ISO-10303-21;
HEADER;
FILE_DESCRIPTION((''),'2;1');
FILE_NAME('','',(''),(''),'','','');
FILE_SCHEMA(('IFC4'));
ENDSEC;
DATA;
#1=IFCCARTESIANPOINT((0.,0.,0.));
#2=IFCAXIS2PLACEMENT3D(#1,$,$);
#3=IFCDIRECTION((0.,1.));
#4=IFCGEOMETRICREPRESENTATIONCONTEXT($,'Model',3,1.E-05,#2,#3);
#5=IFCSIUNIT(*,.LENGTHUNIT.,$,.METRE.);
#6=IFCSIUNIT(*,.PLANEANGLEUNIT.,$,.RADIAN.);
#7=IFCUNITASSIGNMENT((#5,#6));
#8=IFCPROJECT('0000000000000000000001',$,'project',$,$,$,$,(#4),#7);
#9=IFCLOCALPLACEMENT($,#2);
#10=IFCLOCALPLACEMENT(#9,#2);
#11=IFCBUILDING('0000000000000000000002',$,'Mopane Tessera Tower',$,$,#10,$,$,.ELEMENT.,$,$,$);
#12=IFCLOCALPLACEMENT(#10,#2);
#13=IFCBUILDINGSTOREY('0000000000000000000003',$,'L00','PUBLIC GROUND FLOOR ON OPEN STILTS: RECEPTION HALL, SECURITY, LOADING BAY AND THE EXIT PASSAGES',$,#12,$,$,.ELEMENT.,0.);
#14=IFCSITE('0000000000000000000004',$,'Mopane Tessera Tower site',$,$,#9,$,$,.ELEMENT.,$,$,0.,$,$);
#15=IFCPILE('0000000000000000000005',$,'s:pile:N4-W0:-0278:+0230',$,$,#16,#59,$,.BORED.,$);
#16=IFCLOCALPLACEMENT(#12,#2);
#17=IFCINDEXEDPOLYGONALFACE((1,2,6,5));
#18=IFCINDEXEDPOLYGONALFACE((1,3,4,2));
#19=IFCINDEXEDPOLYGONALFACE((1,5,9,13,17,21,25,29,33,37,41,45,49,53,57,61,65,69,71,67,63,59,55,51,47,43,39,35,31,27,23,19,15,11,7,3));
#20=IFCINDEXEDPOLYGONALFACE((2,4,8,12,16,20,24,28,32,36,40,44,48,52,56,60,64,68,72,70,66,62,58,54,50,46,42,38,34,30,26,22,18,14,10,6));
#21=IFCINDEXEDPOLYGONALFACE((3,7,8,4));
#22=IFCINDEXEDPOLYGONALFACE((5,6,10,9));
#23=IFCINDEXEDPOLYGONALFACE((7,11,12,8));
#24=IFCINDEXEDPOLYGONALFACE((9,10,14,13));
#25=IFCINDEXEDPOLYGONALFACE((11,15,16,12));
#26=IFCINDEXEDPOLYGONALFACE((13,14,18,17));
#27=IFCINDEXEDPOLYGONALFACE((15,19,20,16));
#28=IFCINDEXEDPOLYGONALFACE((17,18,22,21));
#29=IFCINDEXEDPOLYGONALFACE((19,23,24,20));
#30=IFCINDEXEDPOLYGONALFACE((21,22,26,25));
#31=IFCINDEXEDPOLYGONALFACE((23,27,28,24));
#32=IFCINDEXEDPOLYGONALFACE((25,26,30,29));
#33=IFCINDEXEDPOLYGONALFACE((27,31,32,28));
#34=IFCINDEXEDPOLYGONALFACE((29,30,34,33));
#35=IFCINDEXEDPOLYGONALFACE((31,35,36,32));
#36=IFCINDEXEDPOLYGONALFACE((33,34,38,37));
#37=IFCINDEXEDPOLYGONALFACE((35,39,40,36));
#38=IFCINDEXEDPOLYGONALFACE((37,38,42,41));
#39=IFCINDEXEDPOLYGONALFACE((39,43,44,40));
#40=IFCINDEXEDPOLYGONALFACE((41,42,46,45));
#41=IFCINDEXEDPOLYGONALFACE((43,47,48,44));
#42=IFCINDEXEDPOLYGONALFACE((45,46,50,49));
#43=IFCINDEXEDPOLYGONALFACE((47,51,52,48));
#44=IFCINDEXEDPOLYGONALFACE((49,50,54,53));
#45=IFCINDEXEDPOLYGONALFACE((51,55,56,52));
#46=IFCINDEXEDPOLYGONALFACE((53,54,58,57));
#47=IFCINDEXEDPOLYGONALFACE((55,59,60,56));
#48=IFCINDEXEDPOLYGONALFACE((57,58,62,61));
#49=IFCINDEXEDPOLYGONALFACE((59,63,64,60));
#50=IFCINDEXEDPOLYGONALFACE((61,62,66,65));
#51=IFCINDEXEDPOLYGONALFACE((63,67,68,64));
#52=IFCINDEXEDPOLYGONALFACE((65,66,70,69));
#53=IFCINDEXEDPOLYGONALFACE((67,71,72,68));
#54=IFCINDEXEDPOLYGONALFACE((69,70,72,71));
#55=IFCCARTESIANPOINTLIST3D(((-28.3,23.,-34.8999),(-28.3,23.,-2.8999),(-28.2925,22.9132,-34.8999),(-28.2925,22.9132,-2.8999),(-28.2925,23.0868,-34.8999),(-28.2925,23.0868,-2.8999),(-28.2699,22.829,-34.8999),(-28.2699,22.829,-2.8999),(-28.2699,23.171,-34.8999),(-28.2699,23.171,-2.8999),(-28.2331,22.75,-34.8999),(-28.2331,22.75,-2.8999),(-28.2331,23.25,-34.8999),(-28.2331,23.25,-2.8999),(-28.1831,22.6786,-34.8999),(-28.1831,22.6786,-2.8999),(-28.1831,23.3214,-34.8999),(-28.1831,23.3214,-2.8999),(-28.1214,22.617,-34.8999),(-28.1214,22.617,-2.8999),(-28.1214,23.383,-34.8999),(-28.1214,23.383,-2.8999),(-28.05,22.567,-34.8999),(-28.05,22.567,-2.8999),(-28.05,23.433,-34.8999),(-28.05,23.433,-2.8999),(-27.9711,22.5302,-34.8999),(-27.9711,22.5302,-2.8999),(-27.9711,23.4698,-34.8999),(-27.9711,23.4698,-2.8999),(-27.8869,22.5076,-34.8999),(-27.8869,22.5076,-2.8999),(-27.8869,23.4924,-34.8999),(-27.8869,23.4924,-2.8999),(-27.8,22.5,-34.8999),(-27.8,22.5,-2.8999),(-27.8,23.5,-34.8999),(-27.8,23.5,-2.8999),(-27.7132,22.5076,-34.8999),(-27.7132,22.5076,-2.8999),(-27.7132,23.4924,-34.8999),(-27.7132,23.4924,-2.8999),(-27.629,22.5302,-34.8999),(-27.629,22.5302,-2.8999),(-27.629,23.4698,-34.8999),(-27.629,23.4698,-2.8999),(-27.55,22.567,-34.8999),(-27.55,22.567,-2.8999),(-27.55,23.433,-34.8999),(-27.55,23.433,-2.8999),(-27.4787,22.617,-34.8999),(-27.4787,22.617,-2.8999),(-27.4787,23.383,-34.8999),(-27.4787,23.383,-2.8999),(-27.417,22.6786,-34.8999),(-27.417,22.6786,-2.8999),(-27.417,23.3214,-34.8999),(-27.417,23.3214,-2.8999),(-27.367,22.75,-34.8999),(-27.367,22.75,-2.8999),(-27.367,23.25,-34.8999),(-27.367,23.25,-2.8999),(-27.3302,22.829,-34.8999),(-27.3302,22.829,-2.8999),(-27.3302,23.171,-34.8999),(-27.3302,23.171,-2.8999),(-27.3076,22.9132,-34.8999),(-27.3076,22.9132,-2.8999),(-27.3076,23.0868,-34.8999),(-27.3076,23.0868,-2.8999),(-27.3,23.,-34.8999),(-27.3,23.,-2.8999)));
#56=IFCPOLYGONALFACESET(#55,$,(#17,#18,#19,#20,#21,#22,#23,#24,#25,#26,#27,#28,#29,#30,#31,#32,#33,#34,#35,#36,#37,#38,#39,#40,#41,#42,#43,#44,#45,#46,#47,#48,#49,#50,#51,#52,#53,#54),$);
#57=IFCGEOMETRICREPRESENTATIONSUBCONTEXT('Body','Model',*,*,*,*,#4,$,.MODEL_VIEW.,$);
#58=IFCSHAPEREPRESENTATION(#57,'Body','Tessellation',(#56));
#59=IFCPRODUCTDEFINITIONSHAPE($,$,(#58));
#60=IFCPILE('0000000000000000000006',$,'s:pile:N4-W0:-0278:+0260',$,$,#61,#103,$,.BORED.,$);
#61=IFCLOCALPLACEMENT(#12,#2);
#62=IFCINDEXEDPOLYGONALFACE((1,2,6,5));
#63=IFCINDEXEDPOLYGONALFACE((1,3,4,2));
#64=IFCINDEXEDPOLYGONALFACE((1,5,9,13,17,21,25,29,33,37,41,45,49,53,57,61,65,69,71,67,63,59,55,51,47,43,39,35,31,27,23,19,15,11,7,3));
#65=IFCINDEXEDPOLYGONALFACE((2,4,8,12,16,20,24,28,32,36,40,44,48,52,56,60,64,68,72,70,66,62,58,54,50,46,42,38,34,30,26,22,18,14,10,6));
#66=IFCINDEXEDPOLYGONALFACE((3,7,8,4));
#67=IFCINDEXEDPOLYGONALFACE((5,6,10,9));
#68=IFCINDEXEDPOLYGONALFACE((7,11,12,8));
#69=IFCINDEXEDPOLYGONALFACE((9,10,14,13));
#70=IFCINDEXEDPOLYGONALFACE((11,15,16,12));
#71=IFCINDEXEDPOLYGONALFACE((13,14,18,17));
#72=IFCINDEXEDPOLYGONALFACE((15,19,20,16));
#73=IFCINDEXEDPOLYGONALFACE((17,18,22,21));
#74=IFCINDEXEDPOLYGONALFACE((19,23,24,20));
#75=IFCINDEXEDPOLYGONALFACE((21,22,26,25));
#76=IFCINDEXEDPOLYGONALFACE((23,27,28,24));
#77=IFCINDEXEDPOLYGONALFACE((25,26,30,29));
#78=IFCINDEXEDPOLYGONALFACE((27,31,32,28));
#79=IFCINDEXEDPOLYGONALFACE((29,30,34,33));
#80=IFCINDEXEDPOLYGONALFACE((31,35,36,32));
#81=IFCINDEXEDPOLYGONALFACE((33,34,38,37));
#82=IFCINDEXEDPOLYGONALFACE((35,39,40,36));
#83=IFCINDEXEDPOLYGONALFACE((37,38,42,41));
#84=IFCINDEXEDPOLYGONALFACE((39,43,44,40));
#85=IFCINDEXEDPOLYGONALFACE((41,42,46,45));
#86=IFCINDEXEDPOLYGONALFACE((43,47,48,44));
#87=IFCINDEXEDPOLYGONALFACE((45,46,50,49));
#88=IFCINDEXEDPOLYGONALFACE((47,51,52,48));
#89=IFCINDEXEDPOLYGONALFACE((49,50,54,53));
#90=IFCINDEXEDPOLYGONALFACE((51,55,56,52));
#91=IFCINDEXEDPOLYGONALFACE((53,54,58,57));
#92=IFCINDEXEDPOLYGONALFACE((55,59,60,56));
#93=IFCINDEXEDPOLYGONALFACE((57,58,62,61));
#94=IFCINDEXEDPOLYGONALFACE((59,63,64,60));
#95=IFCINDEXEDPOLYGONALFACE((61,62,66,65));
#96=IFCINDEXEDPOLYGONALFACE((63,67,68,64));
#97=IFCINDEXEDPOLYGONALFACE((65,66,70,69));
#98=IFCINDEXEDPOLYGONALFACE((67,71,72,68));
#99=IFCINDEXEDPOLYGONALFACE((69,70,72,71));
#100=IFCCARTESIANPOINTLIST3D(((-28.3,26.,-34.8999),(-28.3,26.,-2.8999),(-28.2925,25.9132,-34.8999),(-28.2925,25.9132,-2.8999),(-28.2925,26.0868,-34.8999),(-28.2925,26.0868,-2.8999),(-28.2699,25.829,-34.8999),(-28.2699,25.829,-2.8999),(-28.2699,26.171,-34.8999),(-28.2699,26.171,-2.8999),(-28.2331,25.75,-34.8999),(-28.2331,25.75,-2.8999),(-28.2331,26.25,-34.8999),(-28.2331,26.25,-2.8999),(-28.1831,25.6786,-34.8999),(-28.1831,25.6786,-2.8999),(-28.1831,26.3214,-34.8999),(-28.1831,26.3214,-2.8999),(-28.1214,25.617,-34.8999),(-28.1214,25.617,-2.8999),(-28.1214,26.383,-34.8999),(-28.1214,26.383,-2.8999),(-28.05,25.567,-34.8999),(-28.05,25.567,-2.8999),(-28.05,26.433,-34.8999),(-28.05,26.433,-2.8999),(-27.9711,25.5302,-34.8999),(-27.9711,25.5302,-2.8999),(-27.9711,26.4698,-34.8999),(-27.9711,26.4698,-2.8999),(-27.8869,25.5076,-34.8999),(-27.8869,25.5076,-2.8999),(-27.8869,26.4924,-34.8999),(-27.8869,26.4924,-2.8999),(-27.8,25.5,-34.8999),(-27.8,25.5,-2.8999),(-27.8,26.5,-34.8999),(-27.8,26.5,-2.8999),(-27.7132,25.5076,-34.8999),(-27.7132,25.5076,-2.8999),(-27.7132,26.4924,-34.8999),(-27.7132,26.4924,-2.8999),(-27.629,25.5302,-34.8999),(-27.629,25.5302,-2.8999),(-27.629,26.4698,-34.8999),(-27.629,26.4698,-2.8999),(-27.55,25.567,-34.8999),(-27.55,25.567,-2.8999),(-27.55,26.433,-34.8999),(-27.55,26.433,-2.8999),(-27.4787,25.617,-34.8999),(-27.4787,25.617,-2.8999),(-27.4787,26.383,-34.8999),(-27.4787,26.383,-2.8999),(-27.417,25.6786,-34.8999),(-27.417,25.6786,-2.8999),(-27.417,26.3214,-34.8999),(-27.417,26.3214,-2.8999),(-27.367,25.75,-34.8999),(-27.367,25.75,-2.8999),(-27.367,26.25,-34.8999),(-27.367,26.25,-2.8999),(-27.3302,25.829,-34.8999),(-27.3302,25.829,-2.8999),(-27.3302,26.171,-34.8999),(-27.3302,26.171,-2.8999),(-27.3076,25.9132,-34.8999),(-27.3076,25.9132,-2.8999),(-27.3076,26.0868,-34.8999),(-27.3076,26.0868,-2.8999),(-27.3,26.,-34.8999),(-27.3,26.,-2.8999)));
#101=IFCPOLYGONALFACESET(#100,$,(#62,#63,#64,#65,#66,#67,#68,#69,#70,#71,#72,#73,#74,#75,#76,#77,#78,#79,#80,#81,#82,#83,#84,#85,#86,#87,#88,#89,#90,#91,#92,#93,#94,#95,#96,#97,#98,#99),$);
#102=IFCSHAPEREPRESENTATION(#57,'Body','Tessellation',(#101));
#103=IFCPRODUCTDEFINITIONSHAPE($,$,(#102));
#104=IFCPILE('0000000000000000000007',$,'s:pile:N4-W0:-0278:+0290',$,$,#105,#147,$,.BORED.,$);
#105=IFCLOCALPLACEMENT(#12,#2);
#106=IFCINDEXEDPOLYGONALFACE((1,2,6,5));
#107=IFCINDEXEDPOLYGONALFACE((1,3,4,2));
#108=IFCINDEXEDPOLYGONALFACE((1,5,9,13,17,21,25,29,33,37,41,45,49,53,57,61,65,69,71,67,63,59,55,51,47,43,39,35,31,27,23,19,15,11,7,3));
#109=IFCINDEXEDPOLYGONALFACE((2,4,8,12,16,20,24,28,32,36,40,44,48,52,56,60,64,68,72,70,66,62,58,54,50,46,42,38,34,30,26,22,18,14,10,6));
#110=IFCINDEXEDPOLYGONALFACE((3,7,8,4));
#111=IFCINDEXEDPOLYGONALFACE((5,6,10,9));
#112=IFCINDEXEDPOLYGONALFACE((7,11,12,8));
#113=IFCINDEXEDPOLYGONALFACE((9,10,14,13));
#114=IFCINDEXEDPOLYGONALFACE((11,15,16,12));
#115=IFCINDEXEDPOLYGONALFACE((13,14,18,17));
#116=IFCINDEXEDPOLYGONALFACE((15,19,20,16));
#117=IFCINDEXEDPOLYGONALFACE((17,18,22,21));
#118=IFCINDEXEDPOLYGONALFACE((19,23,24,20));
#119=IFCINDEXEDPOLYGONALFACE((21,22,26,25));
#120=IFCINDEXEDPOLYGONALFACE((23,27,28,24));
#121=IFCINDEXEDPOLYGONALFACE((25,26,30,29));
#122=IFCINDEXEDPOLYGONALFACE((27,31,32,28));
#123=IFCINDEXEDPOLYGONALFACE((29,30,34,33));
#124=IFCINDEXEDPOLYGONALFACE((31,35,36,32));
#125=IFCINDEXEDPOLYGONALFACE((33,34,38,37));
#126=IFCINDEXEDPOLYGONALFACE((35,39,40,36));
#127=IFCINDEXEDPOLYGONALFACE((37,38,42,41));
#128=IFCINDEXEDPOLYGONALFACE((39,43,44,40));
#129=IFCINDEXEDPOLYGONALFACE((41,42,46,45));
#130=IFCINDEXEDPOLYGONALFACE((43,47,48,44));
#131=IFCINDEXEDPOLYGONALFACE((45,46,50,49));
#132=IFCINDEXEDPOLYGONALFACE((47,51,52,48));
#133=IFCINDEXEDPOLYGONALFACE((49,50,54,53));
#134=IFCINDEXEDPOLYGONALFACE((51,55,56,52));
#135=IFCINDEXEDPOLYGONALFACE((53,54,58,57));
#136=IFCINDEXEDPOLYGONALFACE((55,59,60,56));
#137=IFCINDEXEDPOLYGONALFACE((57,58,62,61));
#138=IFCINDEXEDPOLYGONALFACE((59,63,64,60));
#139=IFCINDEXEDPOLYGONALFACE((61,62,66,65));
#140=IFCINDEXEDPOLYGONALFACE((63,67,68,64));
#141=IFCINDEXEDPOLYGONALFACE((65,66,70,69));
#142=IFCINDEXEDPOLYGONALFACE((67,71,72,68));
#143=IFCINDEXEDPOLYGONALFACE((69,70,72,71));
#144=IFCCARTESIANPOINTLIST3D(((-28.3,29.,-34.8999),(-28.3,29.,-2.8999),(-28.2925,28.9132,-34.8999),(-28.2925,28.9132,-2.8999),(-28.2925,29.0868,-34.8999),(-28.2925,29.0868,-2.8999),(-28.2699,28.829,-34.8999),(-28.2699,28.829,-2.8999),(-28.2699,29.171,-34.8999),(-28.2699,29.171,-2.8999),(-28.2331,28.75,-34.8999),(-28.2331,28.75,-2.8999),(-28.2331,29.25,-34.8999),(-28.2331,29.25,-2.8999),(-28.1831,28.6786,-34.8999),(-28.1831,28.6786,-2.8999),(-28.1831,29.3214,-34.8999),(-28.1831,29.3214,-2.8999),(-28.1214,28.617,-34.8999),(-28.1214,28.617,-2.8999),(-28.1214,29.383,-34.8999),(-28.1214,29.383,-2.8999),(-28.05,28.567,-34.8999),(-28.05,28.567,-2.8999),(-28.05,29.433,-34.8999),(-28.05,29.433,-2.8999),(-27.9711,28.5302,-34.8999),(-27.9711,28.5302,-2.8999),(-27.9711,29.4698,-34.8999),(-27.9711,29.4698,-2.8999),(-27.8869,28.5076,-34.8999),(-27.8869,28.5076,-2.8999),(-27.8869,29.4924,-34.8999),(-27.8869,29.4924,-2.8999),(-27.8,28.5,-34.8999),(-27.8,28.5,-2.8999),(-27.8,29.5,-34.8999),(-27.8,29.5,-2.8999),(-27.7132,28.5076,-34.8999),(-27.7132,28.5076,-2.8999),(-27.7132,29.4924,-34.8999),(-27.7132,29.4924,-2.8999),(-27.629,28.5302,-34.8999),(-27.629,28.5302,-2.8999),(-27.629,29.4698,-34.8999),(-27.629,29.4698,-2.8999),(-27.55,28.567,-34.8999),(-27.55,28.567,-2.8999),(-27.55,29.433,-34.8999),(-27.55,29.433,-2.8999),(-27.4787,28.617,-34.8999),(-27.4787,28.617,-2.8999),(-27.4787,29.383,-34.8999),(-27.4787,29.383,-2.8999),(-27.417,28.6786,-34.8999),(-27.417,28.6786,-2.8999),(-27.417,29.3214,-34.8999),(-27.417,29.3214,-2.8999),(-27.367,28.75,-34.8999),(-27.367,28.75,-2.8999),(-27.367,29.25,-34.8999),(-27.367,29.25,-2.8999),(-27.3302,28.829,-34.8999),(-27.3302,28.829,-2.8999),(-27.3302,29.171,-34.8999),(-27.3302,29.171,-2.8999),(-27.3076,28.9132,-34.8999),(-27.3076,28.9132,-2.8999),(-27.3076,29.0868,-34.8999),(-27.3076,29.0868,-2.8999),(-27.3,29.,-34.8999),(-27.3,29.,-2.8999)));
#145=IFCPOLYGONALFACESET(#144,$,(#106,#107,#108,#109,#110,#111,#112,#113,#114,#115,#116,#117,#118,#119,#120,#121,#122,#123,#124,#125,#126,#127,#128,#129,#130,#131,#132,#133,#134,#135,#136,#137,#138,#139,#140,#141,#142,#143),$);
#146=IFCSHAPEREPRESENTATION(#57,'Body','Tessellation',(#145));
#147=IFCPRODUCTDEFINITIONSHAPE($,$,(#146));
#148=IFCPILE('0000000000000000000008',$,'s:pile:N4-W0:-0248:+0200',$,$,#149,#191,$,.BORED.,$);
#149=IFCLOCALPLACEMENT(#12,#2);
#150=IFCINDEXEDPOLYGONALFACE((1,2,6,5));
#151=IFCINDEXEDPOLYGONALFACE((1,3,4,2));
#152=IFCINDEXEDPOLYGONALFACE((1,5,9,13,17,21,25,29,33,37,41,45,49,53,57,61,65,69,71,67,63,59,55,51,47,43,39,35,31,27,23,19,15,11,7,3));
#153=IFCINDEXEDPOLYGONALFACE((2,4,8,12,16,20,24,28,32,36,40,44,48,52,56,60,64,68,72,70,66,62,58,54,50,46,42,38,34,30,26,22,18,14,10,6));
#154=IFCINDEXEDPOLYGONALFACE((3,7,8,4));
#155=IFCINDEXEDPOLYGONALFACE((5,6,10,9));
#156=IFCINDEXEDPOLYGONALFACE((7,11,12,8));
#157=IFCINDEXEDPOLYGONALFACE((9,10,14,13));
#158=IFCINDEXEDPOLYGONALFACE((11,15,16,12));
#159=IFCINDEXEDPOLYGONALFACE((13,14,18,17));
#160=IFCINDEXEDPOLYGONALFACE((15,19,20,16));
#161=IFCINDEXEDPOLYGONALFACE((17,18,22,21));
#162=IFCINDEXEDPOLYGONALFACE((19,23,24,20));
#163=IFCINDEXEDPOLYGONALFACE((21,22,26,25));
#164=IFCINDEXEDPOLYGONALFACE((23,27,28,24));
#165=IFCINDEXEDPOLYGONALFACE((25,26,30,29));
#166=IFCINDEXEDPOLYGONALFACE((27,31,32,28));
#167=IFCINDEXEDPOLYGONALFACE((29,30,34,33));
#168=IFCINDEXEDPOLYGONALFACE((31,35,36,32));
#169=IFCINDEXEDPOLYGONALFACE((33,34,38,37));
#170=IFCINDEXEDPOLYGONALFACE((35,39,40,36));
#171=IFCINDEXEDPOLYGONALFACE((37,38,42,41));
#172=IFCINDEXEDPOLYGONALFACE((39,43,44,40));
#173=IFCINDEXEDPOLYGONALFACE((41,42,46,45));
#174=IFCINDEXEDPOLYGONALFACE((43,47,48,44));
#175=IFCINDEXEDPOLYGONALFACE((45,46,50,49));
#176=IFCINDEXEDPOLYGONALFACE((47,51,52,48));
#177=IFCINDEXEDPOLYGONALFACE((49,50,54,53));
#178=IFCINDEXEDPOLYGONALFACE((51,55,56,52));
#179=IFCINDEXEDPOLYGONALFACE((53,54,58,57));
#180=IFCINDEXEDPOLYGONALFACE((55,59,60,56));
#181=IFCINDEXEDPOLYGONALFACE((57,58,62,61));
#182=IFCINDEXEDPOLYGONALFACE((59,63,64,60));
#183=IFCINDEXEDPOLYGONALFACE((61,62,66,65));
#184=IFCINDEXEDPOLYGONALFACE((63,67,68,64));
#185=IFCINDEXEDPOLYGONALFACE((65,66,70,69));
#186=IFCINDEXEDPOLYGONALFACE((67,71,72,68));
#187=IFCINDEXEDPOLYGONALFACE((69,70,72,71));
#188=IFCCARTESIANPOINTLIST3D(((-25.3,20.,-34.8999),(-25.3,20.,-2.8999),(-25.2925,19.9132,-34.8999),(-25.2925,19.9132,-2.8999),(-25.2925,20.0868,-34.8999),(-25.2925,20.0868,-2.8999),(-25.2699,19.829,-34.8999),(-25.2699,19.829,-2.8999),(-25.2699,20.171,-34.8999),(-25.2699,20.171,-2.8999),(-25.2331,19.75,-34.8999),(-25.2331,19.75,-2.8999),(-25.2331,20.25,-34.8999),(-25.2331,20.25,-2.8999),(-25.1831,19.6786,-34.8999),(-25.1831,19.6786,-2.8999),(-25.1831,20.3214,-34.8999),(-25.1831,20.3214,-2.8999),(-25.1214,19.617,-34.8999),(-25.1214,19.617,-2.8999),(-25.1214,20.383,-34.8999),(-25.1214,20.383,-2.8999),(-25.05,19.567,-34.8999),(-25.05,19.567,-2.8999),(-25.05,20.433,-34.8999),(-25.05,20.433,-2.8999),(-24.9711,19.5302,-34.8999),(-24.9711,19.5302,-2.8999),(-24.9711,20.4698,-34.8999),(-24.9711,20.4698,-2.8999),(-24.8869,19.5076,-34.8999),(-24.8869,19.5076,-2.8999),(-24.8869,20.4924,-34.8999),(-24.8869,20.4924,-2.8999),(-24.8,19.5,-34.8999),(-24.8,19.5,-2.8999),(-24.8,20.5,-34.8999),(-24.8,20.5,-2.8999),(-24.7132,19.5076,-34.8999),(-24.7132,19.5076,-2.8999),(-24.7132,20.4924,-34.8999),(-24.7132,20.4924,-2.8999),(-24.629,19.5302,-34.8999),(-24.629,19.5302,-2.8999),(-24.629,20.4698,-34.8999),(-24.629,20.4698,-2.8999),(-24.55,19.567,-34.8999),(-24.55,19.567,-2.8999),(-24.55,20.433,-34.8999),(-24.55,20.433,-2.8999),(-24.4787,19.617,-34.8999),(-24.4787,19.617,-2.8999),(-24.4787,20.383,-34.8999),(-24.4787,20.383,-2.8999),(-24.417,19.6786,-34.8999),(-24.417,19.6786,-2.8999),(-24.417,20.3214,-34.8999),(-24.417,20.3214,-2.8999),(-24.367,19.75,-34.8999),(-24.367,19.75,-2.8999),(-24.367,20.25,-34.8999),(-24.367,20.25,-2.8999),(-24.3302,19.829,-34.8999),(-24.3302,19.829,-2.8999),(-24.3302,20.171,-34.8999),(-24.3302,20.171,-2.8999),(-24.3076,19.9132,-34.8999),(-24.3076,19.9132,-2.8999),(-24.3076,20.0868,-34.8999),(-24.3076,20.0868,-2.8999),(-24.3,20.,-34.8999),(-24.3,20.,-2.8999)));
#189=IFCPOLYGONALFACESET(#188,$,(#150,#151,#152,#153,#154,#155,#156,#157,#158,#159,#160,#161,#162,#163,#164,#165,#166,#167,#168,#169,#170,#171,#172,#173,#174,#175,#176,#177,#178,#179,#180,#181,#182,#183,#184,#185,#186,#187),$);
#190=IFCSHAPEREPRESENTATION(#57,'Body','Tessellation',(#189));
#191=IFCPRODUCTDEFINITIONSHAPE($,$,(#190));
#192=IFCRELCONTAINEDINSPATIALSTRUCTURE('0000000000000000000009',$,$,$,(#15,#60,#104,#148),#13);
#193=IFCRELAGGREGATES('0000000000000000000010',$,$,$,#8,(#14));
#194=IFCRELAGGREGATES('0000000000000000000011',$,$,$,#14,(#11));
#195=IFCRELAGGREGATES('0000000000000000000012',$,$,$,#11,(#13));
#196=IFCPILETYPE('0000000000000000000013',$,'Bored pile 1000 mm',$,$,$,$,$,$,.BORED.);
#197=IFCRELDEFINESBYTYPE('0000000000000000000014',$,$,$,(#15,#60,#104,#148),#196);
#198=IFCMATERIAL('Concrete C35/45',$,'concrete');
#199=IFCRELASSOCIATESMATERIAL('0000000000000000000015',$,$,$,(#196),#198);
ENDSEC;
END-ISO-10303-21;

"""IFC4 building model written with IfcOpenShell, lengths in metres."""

from ifc_helpers import new_model, si_unit, direction, frame, origin, origin_2d, place, context, subcontext, project, spatial, circle, extrude, material, material_profile, profile_set, type_object, element, save


model = new_model("IFC4")

# Units and contexts
model_context = context("Model", 3, precision=1e-05, world=origin(), true_north=direction((0.0, 1.0)))
body_context = subcontext(model_context, "Body", "Model", "MODEL_VIEW")
ifc_project = project(units=[si_unit("LENGTHUNIT", "METRE"), si_unit("PLANEANGLEUNIT", "RADIAN")], contexts=[model_context])

# Site, building, storey
site_placement = place(None, origin())
site = spatial("IfcSite", under=ifc_project, at=site_placement, Name="Mopane Tessera Tower site", CompositionType="ELEMENT", RefElevation=0.0)
building_placement = place(site_placement, origin())
building = spatial("IfcBuilding", under=site, at=building_placement, Name="Mopane Tessera Tower", CompositionType="ELEMENT")
storey_placement = place(building_placement, origin())
storey = spatial("IfcBuildingStorey", under=building, at=storey_placement, Name="L00", Description="PUBLIC GROUND FLOOR ON OPEN STILTS: RECEPTION HALL, SECURITY, LOADING BAY AND THE EXIT PASSAGES", CompositionType="ELEMENT", Elevation=0.0)

# Piles
ifc_material_1 = material(Name="Concrete C35/45", Category="concrete")
ifc_material_profile_1 = material_profile(ifc_material_1, circle(Radius=0.5, at=origin_2d()))
ifc_profile_set_1 = profile_set([ifc_material_profile_1], Name="Concrete C35/45")
pile_type_1 = type_object("IfcPileType", Name="Bored pile 1000 mm", PredefinedType="BORED", material=ifc_profile_set_1)
for number, where, z_axis, x_axis, name in (
    (1, (-27.8, 23.0, -2.8999), (0.0, 0.0, -1.0), (1.0, 0.0, 0.0), "s:pile:N4-W0:-0278:+0230"),
    (2, (-27.8, 26.0, -2.8999), (0.0, 0.0, -1.0), (1.0, 0.0, 0.0), "s:pile:N4-W0:-0278:+0260"),
    (3, (-27.8, 29.0, -2.8999), (0.0, 0.0, -1.0), (1.0, 0.0, 0.0), "s:pile:N4-W0:-0278:+0290"),
    (4, (-24.8, 20.0, -2.8999), (0.0, 0.0, -1.0), (1.0, 0.0, 0.0), "s:pile:N4-W0:-0248:+0200"),
):
    element("IfcPile", number, at=place(storey_placement, frame(where, z_axis=z_axis, x_axis=x_axis)), inside=storey, type_object=pile_type_1, Name=name, PredefinedType="BORED", context=body_context, shape_type="SweptSolid", body=[
        extrude(circle(Radius=0.5, at=origin_2d()), origin(), (0.0, 0.0, 1.0), 32.0),
    ])

save(model, "model.ifc")
